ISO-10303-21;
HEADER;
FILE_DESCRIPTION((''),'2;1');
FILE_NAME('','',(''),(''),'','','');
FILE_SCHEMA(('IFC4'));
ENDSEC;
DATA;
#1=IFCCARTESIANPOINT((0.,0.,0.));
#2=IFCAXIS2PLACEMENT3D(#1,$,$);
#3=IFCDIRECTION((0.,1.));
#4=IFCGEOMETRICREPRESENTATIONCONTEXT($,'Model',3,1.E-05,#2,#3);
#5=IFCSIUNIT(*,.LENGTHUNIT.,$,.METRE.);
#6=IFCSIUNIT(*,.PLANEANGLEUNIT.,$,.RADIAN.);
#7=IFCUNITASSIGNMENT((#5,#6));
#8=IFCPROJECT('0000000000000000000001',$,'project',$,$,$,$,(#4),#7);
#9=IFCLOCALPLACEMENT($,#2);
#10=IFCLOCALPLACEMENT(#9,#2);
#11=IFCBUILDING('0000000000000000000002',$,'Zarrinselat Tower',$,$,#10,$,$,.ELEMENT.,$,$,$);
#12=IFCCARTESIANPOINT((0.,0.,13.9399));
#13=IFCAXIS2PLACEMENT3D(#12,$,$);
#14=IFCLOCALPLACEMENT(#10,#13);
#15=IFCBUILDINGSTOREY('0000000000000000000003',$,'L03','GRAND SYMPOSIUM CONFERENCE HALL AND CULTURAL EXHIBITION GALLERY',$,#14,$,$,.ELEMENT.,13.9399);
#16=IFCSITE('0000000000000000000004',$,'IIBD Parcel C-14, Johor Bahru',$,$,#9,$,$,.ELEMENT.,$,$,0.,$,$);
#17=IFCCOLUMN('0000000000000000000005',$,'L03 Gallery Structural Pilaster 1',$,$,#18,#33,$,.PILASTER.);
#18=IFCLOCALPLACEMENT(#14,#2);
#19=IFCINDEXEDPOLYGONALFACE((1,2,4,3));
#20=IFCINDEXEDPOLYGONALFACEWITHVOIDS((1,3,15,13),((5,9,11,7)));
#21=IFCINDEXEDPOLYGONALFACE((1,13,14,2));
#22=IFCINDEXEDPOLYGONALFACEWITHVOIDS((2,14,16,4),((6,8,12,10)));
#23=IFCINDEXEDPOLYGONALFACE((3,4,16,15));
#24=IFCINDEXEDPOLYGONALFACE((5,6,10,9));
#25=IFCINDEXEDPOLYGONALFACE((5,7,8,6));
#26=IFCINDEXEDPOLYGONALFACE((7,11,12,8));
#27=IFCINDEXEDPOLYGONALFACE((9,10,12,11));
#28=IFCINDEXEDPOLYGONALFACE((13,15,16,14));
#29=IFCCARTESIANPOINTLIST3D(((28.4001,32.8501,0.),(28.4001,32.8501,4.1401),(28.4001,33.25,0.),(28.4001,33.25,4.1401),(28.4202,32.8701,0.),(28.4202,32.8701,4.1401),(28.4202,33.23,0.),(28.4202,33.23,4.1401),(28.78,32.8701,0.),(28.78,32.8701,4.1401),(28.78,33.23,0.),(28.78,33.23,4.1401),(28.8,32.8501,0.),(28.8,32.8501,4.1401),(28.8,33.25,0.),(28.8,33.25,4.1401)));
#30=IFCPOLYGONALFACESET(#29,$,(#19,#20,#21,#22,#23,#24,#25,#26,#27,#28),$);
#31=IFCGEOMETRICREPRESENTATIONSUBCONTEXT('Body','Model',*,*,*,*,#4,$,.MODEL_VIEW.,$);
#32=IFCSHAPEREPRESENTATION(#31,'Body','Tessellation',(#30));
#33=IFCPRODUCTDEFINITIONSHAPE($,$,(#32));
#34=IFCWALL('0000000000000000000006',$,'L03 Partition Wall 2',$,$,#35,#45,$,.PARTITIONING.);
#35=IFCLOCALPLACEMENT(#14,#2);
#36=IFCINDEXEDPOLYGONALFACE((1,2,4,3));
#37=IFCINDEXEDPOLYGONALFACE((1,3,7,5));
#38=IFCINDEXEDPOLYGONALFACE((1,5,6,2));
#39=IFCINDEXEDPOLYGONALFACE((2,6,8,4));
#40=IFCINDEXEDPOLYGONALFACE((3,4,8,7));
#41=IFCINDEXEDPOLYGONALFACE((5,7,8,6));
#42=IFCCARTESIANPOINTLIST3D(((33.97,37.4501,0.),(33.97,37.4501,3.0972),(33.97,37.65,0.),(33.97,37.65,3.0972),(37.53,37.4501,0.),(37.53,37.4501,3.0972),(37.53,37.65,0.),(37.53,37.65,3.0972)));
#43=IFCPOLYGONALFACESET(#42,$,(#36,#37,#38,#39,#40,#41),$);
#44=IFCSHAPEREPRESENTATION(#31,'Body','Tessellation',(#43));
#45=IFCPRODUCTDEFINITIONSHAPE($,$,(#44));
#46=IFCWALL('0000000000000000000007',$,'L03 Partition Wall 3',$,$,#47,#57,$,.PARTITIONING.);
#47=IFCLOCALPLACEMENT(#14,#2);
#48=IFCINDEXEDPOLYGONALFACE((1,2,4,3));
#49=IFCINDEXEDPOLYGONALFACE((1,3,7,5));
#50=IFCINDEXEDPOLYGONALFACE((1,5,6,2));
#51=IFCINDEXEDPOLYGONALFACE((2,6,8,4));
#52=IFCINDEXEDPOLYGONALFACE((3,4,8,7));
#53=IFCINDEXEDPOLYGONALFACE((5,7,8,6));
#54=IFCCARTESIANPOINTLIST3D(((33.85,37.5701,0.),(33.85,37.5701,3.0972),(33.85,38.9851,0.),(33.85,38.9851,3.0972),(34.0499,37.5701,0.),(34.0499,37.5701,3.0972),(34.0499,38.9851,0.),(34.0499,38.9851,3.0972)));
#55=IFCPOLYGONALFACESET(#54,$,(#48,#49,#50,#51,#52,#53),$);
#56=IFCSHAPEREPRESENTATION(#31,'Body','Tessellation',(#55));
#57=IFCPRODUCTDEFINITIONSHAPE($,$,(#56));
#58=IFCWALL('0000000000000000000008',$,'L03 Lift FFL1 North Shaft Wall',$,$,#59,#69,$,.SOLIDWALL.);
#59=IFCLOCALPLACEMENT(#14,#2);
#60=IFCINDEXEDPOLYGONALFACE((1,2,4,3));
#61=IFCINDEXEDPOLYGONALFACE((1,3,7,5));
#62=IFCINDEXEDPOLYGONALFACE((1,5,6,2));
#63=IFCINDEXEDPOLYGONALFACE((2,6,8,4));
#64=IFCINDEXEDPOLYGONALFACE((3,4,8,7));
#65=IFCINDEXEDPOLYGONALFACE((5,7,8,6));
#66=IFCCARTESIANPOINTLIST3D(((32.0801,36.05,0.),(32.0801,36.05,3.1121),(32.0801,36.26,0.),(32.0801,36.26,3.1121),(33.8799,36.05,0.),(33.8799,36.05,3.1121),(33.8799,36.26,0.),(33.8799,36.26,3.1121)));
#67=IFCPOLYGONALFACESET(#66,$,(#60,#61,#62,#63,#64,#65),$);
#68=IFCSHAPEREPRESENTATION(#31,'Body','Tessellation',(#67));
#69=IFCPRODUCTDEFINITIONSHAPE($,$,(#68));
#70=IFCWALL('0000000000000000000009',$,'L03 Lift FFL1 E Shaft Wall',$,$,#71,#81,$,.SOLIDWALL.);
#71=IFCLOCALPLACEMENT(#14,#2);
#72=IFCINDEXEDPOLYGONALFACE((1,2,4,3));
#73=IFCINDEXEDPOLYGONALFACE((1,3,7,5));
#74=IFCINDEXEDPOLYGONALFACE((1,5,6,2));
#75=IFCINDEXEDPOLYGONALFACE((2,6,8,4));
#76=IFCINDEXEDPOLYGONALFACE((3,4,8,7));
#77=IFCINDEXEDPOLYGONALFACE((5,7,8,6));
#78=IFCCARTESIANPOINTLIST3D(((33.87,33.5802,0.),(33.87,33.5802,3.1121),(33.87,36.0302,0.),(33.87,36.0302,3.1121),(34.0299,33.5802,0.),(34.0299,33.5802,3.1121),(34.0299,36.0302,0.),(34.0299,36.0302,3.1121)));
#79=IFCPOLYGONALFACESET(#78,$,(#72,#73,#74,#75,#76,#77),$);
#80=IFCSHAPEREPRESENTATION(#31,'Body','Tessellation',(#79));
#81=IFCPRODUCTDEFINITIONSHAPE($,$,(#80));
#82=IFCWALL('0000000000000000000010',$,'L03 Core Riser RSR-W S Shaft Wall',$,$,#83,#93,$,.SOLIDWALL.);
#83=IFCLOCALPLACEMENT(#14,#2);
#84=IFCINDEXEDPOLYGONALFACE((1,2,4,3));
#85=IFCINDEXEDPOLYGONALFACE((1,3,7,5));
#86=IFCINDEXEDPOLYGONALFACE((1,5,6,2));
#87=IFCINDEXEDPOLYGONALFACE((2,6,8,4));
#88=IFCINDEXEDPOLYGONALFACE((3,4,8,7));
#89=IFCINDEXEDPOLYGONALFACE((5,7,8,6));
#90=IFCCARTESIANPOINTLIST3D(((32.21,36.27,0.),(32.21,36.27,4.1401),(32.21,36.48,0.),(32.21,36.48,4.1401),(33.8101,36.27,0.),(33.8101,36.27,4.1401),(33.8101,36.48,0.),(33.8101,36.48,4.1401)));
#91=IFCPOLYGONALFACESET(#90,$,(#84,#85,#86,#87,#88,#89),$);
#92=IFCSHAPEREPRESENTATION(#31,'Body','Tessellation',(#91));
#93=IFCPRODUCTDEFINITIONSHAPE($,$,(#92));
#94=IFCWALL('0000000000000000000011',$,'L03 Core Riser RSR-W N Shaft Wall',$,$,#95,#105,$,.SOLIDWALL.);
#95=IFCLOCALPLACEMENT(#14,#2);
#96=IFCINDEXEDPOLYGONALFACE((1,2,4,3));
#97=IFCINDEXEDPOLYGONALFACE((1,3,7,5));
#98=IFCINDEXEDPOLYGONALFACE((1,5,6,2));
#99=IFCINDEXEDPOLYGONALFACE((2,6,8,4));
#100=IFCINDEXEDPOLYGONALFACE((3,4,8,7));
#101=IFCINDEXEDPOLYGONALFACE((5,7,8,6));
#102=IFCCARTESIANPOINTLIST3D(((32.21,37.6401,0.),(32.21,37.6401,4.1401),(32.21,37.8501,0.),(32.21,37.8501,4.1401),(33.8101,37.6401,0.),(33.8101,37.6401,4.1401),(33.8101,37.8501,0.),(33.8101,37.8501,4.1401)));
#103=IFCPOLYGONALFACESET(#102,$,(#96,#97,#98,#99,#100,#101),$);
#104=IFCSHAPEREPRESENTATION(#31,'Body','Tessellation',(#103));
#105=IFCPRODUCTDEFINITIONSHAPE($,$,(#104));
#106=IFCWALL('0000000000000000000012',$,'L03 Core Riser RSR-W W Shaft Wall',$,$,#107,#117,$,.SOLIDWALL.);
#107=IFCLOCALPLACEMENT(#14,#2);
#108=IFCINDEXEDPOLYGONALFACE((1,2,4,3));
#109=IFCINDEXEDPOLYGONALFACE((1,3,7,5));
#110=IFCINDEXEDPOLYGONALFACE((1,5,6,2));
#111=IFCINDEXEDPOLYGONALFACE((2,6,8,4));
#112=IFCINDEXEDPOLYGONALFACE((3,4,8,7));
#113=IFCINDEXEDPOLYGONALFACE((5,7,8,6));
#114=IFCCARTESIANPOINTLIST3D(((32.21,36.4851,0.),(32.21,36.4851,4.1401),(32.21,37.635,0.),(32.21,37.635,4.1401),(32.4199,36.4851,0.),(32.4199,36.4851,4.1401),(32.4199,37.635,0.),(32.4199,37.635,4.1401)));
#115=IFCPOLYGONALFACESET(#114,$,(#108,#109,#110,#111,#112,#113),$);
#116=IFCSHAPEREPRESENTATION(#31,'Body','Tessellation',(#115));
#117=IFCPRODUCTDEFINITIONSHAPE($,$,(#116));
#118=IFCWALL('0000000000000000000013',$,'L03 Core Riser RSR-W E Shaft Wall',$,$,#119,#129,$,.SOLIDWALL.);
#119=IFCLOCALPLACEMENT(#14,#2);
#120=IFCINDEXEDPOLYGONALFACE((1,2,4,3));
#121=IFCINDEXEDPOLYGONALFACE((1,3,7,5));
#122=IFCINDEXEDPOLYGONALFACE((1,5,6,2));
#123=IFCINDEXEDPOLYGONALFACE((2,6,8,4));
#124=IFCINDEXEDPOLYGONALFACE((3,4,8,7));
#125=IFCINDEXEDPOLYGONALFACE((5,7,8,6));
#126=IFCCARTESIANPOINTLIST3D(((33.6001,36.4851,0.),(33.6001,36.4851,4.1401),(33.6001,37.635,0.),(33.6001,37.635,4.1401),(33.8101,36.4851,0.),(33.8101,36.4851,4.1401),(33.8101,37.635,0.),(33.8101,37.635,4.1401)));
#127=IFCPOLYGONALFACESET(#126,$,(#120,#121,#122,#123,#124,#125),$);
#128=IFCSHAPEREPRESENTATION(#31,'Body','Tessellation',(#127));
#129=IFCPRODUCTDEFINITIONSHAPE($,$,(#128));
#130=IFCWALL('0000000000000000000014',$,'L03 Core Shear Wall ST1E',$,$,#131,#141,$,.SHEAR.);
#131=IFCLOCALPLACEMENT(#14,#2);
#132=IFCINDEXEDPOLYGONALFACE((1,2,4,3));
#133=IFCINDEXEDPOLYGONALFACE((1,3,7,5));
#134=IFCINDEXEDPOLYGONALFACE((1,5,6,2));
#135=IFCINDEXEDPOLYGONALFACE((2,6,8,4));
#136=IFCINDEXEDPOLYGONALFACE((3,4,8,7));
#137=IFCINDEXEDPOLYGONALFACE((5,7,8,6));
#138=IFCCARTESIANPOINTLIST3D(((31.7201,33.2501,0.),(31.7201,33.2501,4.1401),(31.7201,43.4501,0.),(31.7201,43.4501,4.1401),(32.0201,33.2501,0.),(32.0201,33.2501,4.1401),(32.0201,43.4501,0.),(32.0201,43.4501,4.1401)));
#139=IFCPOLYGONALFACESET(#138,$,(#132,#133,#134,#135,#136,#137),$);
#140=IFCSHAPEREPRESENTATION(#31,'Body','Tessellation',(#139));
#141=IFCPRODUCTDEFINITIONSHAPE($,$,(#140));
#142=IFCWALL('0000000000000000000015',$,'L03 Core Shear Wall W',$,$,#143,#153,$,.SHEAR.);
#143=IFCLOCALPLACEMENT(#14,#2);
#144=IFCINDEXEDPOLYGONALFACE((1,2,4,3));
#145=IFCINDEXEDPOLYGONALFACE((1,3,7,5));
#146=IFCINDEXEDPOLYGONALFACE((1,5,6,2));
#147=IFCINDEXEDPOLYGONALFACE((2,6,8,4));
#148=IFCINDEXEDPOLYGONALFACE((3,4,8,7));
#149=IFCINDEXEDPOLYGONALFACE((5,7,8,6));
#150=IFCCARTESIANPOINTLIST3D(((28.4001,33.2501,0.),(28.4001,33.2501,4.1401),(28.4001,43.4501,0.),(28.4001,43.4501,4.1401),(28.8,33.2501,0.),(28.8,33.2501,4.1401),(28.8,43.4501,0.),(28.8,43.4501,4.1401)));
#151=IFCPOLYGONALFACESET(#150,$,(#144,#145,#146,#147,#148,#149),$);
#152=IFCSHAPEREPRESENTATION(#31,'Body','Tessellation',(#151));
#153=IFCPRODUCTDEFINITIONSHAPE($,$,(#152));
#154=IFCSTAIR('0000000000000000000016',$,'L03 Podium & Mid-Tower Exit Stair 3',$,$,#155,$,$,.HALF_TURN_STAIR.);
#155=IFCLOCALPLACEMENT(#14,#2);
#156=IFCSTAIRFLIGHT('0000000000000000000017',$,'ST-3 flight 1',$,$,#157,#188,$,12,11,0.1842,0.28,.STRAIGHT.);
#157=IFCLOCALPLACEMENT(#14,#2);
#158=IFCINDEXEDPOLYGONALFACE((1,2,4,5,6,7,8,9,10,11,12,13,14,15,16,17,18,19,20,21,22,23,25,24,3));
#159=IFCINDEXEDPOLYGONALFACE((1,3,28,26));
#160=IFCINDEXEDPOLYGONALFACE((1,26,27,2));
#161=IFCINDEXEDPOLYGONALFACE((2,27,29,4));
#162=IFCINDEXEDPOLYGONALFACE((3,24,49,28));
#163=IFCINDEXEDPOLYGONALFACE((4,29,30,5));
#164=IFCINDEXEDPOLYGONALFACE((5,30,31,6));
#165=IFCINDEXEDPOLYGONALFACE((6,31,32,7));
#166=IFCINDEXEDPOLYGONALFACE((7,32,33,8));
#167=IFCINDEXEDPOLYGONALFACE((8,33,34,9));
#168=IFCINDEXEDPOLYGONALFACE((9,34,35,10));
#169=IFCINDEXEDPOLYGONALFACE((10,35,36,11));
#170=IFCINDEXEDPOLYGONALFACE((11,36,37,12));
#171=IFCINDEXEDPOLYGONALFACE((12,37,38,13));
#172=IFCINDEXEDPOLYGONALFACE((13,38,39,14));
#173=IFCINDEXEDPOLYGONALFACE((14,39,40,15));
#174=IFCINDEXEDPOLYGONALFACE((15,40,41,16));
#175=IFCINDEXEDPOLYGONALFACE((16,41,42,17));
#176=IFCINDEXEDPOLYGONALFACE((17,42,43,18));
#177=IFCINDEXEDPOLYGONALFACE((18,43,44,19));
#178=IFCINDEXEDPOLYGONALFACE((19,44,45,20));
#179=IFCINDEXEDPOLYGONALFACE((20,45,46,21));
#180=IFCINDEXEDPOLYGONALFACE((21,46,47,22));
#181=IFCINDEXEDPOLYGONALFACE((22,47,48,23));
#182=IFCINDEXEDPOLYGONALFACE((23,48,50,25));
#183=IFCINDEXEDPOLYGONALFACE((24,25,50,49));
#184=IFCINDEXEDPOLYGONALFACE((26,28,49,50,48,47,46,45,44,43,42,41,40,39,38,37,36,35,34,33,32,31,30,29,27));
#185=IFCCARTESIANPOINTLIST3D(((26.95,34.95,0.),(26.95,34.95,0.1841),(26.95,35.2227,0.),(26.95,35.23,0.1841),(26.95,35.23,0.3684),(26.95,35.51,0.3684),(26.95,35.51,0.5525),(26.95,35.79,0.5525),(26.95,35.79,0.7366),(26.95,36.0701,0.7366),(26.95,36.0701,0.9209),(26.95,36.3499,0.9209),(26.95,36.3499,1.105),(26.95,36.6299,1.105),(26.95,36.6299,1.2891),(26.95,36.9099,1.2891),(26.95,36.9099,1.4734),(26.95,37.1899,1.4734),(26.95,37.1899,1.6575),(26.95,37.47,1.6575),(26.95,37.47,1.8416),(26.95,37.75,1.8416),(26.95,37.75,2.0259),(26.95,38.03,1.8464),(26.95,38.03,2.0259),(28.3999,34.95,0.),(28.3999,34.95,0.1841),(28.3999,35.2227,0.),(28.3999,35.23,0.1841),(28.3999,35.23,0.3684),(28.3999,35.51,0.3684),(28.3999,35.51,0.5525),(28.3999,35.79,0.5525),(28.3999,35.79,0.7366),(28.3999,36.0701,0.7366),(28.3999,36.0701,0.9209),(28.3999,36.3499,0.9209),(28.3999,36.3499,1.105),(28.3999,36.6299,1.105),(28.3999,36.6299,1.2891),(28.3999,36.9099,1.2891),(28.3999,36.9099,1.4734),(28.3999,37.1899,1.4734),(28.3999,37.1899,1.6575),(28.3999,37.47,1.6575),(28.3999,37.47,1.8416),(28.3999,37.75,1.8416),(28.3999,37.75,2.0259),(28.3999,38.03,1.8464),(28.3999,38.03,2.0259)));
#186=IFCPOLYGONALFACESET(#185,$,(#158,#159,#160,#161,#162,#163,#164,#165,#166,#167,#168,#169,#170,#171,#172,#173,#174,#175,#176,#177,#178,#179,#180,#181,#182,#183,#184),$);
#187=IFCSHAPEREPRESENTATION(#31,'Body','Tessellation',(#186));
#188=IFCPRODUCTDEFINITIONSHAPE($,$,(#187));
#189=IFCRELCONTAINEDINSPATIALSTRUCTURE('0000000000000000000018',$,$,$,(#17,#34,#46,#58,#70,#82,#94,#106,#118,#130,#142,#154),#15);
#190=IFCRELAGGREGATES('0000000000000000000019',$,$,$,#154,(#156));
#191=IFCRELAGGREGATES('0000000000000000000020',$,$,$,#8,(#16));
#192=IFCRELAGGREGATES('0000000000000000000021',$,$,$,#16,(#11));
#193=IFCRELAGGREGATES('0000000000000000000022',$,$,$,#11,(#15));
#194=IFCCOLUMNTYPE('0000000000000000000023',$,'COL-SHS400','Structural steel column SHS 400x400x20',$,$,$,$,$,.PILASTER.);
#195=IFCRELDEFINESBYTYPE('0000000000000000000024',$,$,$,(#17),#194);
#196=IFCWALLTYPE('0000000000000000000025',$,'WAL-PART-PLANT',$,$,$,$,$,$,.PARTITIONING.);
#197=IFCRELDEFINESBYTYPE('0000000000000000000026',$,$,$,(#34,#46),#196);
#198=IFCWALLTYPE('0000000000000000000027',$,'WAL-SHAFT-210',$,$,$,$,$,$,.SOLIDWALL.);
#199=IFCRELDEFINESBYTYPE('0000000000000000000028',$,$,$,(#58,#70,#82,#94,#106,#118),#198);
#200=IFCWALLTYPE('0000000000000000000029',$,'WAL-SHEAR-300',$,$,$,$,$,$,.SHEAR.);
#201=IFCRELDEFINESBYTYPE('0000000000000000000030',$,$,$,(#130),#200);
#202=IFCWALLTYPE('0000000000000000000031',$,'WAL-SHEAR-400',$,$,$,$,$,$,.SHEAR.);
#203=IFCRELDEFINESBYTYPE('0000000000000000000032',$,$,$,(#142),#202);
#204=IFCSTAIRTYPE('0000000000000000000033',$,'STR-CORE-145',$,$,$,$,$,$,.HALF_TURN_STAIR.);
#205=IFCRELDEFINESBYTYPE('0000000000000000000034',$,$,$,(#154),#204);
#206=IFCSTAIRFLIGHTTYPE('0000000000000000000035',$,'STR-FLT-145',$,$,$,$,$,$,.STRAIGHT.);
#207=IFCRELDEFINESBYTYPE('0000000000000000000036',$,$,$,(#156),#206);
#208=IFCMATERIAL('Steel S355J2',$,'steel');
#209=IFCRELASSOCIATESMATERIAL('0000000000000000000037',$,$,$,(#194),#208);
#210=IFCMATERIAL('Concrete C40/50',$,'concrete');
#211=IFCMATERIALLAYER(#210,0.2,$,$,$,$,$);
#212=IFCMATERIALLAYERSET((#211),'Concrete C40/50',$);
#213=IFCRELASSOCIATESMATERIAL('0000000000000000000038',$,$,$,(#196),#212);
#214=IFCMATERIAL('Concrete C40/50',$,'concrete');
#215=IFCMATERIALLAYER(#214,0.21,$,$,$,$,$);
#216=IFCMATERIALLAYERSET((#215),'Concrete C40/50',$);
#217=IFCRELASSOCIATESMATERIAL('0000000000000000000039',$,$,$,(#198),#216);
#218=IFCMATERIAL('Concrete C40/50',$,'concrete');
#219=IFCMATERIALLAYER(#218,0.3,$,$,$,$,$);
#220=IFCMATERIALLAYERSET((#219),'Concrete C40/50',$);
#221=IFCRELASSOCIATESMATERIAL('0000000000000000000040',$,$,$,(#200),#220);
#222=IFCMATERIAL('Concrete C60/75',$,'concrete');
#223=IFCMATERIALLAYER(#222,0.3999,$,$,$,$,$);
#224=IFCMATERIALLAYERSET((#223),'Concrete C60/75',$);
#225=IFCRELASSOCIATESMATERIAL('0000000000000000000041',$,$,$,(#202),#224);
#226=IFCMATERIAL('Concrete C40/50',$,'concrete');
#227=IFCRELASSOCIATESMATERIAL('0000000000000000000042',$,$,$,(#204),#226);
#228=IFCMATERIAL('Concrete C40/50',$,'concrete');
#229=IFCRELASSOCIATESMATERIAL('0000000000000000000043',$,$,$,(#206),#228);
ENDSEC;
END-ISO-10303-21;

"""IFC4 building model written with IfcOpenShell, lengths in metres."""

from ifc_helpers import new_model, si_unit, direction, frame, frame_2d, origin, origin_2d, place, context, subcontext, project, spatial, polyline, rectangle, hollow_rectangle, outline, extrude, material, layer, layer_set, material_profile, profile_set, type_object, element, aggregate, save


model = new_model("IFC4")

# Units and contexts
model_context = context("Model", 3, precision=1e-05, world=origin(), true_north=direction((0.0, 1.0)))
body_context = subcontext(model_context, "Body", "Model", "MODEL_VIEW")
ifc_project = project(units=[si_unit("LENGTHUNIT", "METRE"), si_unit("PLANEANGLEUNIT", "RADIAN")], contexts=[model_context])

# Site, building, storey
site_placement = place(None, origin())
site = spatial("IfcSite", under=ifc_project, at=site_placement, Name="IIBD Parcel C-14, Johor Bahru", CompositionType="ELEMENT", RefElevation=0.0)
building_placement = place(site_placement, origin())
building = spatial("IfcBuilding", under=site, at=building_placement, Name="Zarrinselat Tower", CompositionType="ELEMENT")
storey_placement = place(building_placement, frame((0.0, 0.0, 13.9399)))
storey = spatial("IfcBuildingStorey", under=building, at=storey_placement, Name="L03", Description="GRAND SYMPOSIUM CONFERENCE HALL AND CULTURAL EXHIBITION GALLERY", CompositionType="ELEMENT", Elevation=13.9399)

# Column
ifc_material_1 = material(Name="Steel S355J2", Category="steel")
ifc_material_profile = material_profile(ifc_material_1, hollow_rectangle(XDim=0.3999, YDim=0.3999, WallThickness=0.02, at=origin_2d()), Name="SHS 400x400x20")
ifc_profile_set = profile_set([ifc_material_profile], Name="Steel S355J2")
column_type = type_object("IfcColumnType", Name="COL-SHS400", Description="Structural steel column SHS 400x400x20", PredefinedType="PILASTER", material=ifc_profile_set)
column_placement = place(storey_placement, frame((28.6001, 33.05, 0.0), z_axis=(0.0, 0.0, 1.0), x_axis=(1.0, 0.0, 0.0)))
element("IfcColumn", 1, at=column_placement, inside=storey, type_object=column_type, Name="L03 Gallery Structural Pilaster 1", PredefinedType="PILASTER", context=body_context, shape_type="SweptSolid", body=[
    extrude(hollow_rectangle(XDim=0.3999, YDim=0.3999, WallThickness=0.02, at=origin_2d()), origin(), (0.0, 0.0, 1.0), 4.1401),
])

# Walls
ifc_material_2 = material(Name="Concrete C40/50", Category="concrete")
ifc_layer_1 = layer(ifc_material_2, 0.2)
ifc_layer_set_1 = layer_set([ifc_layer_1], Name="Concrete C40/50")
wall_type_1 = type_object("IfcWallType", Name="WAL-PART-PLANT", PredefinedType="PARTITIONING", material=ifc_layer_set_1)
wall_1_placement = place(storey_placement, frame((33.97, 37.55, 0.0), z_axis=(0.0, 0.0, 1.0), x_axis=(1.0, 0.0, 0.0)))
element("IfcWall", 2, at=wall_1_placement, inside=storey, type_object=wall_type_1, Name="L03 Partition Wall 2", PredefinedType="PARTITIONING", context=body_context, shape_type="SweptSolid", body=[
    extrude(rectangle(XDim=3.5601, YDim=0.2, at=frame_2d((1.78, 0.0))), origin(), (0.0, 0.0, 1.0), 3.0972),
])
wall_2_placement = place(storey_placement, frame((33.95, 37.5701, 0.0), z_axis=(0.0, 0.0, 1.0), x_axis=(0.0, 1.0, 0.0)))
element("IfcWall", 3, at=wall_2_placement, inside=storey, type_object=wall_type_1, Name="L03 Partition Wall 3", PredefinedType="PARTITIONING", context=body_context, shape_type="SweptSolid", body=[
    extrude(rectangle(XDim=1.415, YDim=0.2, at=frame_2d((0.7075, 0.0))), origin(), (0.0, 0.0, 1.0), 3.0972),
])
ifc_material_3 = material(Name="Concrete C40/50", Category="concrete")
ifc_layer_2 = layer(ifc_material_3, 0.21)
ifc_layer_set_2 = layer_set([ifc_layer_2], Name="Concrete C40/50")
wall_type_2 = type_object("IfcWallType", Name="WAL-SHAFT-210", PredefinedType="SOLIDWALL", material=ifc_layer_set_2)
wall_3_placement = place(storey_placement, frame((32.0801, 36.155, 0.0), z_axis=(0.0, 0.0, 1.0), x_axis=(1.0, 0.0, 0.0)))
element("IfcWall", 4, at=wall_3_placement, inside=storey, type_object=wall_type_2, Name="L03 Lift FFL1 North Shaft Wall", PredefinedType="SOLIDWALL", context=body_context, shape_type="SweptSolid", body=[
    extrude(rectangle(XDim=1.7998, YDim=0.21, at=frame_2d((0.8999, 0.0))), origin(), (0.0, 0.0, 1.0), 3.1121),
])
wall_4_placement = place(storey_placement, frame((33.95, 33.5801, 0.0), z_axis=(0.0, 0.0, 1.0), x_axis=(0.0, 1.0, 0.0)))
element("IfcWall", 5, at=wall_4_placement, inside=storey, type_object=wall_type_2, Name="L03 Lift FFL1 E Shaft Wall", PredefinedType="SOLIDWALL", context=body_context, shape_type="SweptSolid", body=[
    extrude(rectangle(XDim=2.45, YDim=0.1599, at=frame_2d((1.2251, 0.0))), origin(), (0.0, 0.0, 1.0), 3.1121),
])
for number, where, z_axis, x_axis, name in (
    (6, (32.21, 36.375, 0.0), (0.0, 0.0, 1.0), (1.0, 0.0, 0.0), "L03 Core Riser RSR-W S Shaft Wall"),
    (7, (32.21, 37.7451, 0.0), (0.0, 0.0, 1.0), (1.0, 0.0, 0.0), "L03 Core Riser RSR-W N Shaft Wall"),
):
    element("IfcWall", number, at=place(storey_placement, frame(where, z_axis=z_axis, x_axis=x_axis)), inside=storey, type_object=wall_type_2, Name=name, PredefinedType="SOLIDWALL", context=body_context, shape_type="SweptSolid", body=[
        extrude(rectangle(XDim=1.6001, YDim=0.21, at=frame_2d((0.8, 0.0))), origin(), (0.0, 0.0, 1.0), 4.1401),
    ])
for number, where, z_axis, x_axis, name in (
    (8, (32.3149, 36.4851, 0.0), (0.0, 0.0, 1.0), (0.0, 1.0, 0.0), "L03 Core Riser RSR-W W Shaft Wall"),
    (9, (33.7051, 36.4851, 0.0), (0.0, 0.0, 1.0), (0.0, 1.0, 0.0), "L03 Core Riser RSR-W E Shaft Wall"),
):
    element("IfcWall", number, at=place(storey_placement, frame(where, z_axis=z_axis, x_axis=x_axis)), inside=storey, type_object=wall_type_2, Name=name, PredefinedType="SOLIDWALL", context=body_context, shape_type="SweptSolid", body=[
        extrude(rectangle(XDim=1.1499, YDim=0.21, at=frame_2d((0.575, 0.0))), origin(), (0.0, 0.0, 1.0), 4.1401),
    ])
ifc_material_4 = material(Name="Concrete C40/50", Category="concrete")
ifc_layer_3 = layer(ifc_material_4, 0.3)
ifc_layer_set_3 = layer_set([ifc_layer_3], Name="Concrete C40/50")
wall_type_3 = type_object("IfcWallType", Name="WAL-SHEAR-300", PredefinedType="SHEAR", material=ifc_layer_set_3)
wall_5_placement = place(storey_placement, frame((31.8701, 33.25, 0.0), z_axis=(0.0, 0.0, 1.0), x_axis=(0.0, 1.0, 0.0)))
element("IfcWall", 10, at=wall_5_placement, inside=storey, type_object=wall_type_3, Name="L03 Core Shear Wall ST1E", PredefinedType="SHEAR", context=body_context, shape_type="SweptSolid", body=[
    extrude(rectangle(XDim=10.2, YDim=0.3, at=frame_2d((5.1001, 0.0))), origin(), (0.0, 0.0, 1.0), 4.1401),
])

# Shared definitions
ifc_material_5 = material(Name="Concrete C60/75", Category="concrete")
ifc_layer_4 = layer(ifc_material_5, 0.3999)
ifc_layer_set_4 = layer_set([ifc_layer_4], Name="Concrete C60/75")
wall_type_4 = type_object("IfcWallType", Name="WAL-SHEAR-400", PredefinedType="SHEAR", material=ifc_layer_set_4)

# Wall
wall_6_placement = place(storey_placement, frame((28.6001, 33.25, 0.0), z_axis=(0.0, 0.0, 1.0), x_axis=(0.0, 1.0, 0.0)))
element("IfcWall", 11, at=wall_6_placement, inside=storey, type_object=wall_type_4, Name="L03 Core Shear Wall W", PredefinedType="SHEAR", context=body_context, shape_type="SweptSolid", body=[
    extrude(rectangle(XDim=10.2, YDim=0.3999, at=frame_2d((5.1001, 0.0))), origin(), (0.0, 0.0, 1.0), 4.1401),
])

# Stair, stair flight
ifc_material_6 = material(Name="Concrete C40/50", Category="concrete")
stair_type_1 = type_object("IfcStairType", Name="STR-CORE-145", PredefinedType="HALF_TURN_STAIR", material=ifc_material_6)
stair_1_placement = place(storey_placement, origin())
stair_1 = element("IfcStair", 12, at=stair_1_placement, inside=storey, type_object=stair_type_1, Name="L03 Podium & Mid-Tower Exit Stair 3", PredefinedType="HALF_TURN_STAIR")
ifc_material_7 = material(Name="Concrete C40/50", Category="concrete")
stair_flight_type_1 = type_object("IfcStairFlightType", Name="STR-FLT-145", PredefinedType="STRAIGHT", material=ifc_material_7)
stair_flight_1_placement = place(storey_placement, frame((27.675, 34.95, 0.0), z_axis=(0.0, 0.0, 1.0), x_axis=(0.0, 1.0, 0.0)))
stair_flight_1 = element("IfcStairFlight", 13, at=stair_flight_1_placement, type_object=stair_flight_type_1, Name="ST-3 flight 1", NumberOfRisers=12, NumberOfTreads=11, PredefinedType="STRAIGHT", RiserHeight=0.1842, TreadLength=0.28, context=body_context, shape_type="SweptSolid", body=[
    extrude(outline(polyline([(0.0, 0.0), (0.0, 0.1841), (0.28, 0.1841), (0.28, 0.3684), (0.5601, 0.3684), (0.5601, 0.5525), (0.8401, 0.5525), (0.8401, 0.7366), (1.1201, 0.7366), (1.1201, 0.9209), (1.3999, 0.9209), (1.3999, 1.105), (1.6799, 1.105), (1.6799, 1.2891), (1.96, 1.2891), (1.96, 1.4734), (2.24, 1.4734), (2.24, 1.6575), (2.52, 1.6575), (2.52, 1.8416), (2.8, 1.8416), (2.8, 2.0259), (3.0801, 2.0259), (3.0801, 2.21), (3.0801, 1.8464), (0.2727, 0.0), (0.0, 0.0)])), frame((0.0, 0.7251, 0.0), z_axis=(0.0, -1.0, 0.0), x_axis=(1.0, 0.0, 0.0)), (0.0, 0.0, 1.0), 1.45),
])
aggregate(stair_1, [stair_flight_1])

save(model, "model.ifc")
